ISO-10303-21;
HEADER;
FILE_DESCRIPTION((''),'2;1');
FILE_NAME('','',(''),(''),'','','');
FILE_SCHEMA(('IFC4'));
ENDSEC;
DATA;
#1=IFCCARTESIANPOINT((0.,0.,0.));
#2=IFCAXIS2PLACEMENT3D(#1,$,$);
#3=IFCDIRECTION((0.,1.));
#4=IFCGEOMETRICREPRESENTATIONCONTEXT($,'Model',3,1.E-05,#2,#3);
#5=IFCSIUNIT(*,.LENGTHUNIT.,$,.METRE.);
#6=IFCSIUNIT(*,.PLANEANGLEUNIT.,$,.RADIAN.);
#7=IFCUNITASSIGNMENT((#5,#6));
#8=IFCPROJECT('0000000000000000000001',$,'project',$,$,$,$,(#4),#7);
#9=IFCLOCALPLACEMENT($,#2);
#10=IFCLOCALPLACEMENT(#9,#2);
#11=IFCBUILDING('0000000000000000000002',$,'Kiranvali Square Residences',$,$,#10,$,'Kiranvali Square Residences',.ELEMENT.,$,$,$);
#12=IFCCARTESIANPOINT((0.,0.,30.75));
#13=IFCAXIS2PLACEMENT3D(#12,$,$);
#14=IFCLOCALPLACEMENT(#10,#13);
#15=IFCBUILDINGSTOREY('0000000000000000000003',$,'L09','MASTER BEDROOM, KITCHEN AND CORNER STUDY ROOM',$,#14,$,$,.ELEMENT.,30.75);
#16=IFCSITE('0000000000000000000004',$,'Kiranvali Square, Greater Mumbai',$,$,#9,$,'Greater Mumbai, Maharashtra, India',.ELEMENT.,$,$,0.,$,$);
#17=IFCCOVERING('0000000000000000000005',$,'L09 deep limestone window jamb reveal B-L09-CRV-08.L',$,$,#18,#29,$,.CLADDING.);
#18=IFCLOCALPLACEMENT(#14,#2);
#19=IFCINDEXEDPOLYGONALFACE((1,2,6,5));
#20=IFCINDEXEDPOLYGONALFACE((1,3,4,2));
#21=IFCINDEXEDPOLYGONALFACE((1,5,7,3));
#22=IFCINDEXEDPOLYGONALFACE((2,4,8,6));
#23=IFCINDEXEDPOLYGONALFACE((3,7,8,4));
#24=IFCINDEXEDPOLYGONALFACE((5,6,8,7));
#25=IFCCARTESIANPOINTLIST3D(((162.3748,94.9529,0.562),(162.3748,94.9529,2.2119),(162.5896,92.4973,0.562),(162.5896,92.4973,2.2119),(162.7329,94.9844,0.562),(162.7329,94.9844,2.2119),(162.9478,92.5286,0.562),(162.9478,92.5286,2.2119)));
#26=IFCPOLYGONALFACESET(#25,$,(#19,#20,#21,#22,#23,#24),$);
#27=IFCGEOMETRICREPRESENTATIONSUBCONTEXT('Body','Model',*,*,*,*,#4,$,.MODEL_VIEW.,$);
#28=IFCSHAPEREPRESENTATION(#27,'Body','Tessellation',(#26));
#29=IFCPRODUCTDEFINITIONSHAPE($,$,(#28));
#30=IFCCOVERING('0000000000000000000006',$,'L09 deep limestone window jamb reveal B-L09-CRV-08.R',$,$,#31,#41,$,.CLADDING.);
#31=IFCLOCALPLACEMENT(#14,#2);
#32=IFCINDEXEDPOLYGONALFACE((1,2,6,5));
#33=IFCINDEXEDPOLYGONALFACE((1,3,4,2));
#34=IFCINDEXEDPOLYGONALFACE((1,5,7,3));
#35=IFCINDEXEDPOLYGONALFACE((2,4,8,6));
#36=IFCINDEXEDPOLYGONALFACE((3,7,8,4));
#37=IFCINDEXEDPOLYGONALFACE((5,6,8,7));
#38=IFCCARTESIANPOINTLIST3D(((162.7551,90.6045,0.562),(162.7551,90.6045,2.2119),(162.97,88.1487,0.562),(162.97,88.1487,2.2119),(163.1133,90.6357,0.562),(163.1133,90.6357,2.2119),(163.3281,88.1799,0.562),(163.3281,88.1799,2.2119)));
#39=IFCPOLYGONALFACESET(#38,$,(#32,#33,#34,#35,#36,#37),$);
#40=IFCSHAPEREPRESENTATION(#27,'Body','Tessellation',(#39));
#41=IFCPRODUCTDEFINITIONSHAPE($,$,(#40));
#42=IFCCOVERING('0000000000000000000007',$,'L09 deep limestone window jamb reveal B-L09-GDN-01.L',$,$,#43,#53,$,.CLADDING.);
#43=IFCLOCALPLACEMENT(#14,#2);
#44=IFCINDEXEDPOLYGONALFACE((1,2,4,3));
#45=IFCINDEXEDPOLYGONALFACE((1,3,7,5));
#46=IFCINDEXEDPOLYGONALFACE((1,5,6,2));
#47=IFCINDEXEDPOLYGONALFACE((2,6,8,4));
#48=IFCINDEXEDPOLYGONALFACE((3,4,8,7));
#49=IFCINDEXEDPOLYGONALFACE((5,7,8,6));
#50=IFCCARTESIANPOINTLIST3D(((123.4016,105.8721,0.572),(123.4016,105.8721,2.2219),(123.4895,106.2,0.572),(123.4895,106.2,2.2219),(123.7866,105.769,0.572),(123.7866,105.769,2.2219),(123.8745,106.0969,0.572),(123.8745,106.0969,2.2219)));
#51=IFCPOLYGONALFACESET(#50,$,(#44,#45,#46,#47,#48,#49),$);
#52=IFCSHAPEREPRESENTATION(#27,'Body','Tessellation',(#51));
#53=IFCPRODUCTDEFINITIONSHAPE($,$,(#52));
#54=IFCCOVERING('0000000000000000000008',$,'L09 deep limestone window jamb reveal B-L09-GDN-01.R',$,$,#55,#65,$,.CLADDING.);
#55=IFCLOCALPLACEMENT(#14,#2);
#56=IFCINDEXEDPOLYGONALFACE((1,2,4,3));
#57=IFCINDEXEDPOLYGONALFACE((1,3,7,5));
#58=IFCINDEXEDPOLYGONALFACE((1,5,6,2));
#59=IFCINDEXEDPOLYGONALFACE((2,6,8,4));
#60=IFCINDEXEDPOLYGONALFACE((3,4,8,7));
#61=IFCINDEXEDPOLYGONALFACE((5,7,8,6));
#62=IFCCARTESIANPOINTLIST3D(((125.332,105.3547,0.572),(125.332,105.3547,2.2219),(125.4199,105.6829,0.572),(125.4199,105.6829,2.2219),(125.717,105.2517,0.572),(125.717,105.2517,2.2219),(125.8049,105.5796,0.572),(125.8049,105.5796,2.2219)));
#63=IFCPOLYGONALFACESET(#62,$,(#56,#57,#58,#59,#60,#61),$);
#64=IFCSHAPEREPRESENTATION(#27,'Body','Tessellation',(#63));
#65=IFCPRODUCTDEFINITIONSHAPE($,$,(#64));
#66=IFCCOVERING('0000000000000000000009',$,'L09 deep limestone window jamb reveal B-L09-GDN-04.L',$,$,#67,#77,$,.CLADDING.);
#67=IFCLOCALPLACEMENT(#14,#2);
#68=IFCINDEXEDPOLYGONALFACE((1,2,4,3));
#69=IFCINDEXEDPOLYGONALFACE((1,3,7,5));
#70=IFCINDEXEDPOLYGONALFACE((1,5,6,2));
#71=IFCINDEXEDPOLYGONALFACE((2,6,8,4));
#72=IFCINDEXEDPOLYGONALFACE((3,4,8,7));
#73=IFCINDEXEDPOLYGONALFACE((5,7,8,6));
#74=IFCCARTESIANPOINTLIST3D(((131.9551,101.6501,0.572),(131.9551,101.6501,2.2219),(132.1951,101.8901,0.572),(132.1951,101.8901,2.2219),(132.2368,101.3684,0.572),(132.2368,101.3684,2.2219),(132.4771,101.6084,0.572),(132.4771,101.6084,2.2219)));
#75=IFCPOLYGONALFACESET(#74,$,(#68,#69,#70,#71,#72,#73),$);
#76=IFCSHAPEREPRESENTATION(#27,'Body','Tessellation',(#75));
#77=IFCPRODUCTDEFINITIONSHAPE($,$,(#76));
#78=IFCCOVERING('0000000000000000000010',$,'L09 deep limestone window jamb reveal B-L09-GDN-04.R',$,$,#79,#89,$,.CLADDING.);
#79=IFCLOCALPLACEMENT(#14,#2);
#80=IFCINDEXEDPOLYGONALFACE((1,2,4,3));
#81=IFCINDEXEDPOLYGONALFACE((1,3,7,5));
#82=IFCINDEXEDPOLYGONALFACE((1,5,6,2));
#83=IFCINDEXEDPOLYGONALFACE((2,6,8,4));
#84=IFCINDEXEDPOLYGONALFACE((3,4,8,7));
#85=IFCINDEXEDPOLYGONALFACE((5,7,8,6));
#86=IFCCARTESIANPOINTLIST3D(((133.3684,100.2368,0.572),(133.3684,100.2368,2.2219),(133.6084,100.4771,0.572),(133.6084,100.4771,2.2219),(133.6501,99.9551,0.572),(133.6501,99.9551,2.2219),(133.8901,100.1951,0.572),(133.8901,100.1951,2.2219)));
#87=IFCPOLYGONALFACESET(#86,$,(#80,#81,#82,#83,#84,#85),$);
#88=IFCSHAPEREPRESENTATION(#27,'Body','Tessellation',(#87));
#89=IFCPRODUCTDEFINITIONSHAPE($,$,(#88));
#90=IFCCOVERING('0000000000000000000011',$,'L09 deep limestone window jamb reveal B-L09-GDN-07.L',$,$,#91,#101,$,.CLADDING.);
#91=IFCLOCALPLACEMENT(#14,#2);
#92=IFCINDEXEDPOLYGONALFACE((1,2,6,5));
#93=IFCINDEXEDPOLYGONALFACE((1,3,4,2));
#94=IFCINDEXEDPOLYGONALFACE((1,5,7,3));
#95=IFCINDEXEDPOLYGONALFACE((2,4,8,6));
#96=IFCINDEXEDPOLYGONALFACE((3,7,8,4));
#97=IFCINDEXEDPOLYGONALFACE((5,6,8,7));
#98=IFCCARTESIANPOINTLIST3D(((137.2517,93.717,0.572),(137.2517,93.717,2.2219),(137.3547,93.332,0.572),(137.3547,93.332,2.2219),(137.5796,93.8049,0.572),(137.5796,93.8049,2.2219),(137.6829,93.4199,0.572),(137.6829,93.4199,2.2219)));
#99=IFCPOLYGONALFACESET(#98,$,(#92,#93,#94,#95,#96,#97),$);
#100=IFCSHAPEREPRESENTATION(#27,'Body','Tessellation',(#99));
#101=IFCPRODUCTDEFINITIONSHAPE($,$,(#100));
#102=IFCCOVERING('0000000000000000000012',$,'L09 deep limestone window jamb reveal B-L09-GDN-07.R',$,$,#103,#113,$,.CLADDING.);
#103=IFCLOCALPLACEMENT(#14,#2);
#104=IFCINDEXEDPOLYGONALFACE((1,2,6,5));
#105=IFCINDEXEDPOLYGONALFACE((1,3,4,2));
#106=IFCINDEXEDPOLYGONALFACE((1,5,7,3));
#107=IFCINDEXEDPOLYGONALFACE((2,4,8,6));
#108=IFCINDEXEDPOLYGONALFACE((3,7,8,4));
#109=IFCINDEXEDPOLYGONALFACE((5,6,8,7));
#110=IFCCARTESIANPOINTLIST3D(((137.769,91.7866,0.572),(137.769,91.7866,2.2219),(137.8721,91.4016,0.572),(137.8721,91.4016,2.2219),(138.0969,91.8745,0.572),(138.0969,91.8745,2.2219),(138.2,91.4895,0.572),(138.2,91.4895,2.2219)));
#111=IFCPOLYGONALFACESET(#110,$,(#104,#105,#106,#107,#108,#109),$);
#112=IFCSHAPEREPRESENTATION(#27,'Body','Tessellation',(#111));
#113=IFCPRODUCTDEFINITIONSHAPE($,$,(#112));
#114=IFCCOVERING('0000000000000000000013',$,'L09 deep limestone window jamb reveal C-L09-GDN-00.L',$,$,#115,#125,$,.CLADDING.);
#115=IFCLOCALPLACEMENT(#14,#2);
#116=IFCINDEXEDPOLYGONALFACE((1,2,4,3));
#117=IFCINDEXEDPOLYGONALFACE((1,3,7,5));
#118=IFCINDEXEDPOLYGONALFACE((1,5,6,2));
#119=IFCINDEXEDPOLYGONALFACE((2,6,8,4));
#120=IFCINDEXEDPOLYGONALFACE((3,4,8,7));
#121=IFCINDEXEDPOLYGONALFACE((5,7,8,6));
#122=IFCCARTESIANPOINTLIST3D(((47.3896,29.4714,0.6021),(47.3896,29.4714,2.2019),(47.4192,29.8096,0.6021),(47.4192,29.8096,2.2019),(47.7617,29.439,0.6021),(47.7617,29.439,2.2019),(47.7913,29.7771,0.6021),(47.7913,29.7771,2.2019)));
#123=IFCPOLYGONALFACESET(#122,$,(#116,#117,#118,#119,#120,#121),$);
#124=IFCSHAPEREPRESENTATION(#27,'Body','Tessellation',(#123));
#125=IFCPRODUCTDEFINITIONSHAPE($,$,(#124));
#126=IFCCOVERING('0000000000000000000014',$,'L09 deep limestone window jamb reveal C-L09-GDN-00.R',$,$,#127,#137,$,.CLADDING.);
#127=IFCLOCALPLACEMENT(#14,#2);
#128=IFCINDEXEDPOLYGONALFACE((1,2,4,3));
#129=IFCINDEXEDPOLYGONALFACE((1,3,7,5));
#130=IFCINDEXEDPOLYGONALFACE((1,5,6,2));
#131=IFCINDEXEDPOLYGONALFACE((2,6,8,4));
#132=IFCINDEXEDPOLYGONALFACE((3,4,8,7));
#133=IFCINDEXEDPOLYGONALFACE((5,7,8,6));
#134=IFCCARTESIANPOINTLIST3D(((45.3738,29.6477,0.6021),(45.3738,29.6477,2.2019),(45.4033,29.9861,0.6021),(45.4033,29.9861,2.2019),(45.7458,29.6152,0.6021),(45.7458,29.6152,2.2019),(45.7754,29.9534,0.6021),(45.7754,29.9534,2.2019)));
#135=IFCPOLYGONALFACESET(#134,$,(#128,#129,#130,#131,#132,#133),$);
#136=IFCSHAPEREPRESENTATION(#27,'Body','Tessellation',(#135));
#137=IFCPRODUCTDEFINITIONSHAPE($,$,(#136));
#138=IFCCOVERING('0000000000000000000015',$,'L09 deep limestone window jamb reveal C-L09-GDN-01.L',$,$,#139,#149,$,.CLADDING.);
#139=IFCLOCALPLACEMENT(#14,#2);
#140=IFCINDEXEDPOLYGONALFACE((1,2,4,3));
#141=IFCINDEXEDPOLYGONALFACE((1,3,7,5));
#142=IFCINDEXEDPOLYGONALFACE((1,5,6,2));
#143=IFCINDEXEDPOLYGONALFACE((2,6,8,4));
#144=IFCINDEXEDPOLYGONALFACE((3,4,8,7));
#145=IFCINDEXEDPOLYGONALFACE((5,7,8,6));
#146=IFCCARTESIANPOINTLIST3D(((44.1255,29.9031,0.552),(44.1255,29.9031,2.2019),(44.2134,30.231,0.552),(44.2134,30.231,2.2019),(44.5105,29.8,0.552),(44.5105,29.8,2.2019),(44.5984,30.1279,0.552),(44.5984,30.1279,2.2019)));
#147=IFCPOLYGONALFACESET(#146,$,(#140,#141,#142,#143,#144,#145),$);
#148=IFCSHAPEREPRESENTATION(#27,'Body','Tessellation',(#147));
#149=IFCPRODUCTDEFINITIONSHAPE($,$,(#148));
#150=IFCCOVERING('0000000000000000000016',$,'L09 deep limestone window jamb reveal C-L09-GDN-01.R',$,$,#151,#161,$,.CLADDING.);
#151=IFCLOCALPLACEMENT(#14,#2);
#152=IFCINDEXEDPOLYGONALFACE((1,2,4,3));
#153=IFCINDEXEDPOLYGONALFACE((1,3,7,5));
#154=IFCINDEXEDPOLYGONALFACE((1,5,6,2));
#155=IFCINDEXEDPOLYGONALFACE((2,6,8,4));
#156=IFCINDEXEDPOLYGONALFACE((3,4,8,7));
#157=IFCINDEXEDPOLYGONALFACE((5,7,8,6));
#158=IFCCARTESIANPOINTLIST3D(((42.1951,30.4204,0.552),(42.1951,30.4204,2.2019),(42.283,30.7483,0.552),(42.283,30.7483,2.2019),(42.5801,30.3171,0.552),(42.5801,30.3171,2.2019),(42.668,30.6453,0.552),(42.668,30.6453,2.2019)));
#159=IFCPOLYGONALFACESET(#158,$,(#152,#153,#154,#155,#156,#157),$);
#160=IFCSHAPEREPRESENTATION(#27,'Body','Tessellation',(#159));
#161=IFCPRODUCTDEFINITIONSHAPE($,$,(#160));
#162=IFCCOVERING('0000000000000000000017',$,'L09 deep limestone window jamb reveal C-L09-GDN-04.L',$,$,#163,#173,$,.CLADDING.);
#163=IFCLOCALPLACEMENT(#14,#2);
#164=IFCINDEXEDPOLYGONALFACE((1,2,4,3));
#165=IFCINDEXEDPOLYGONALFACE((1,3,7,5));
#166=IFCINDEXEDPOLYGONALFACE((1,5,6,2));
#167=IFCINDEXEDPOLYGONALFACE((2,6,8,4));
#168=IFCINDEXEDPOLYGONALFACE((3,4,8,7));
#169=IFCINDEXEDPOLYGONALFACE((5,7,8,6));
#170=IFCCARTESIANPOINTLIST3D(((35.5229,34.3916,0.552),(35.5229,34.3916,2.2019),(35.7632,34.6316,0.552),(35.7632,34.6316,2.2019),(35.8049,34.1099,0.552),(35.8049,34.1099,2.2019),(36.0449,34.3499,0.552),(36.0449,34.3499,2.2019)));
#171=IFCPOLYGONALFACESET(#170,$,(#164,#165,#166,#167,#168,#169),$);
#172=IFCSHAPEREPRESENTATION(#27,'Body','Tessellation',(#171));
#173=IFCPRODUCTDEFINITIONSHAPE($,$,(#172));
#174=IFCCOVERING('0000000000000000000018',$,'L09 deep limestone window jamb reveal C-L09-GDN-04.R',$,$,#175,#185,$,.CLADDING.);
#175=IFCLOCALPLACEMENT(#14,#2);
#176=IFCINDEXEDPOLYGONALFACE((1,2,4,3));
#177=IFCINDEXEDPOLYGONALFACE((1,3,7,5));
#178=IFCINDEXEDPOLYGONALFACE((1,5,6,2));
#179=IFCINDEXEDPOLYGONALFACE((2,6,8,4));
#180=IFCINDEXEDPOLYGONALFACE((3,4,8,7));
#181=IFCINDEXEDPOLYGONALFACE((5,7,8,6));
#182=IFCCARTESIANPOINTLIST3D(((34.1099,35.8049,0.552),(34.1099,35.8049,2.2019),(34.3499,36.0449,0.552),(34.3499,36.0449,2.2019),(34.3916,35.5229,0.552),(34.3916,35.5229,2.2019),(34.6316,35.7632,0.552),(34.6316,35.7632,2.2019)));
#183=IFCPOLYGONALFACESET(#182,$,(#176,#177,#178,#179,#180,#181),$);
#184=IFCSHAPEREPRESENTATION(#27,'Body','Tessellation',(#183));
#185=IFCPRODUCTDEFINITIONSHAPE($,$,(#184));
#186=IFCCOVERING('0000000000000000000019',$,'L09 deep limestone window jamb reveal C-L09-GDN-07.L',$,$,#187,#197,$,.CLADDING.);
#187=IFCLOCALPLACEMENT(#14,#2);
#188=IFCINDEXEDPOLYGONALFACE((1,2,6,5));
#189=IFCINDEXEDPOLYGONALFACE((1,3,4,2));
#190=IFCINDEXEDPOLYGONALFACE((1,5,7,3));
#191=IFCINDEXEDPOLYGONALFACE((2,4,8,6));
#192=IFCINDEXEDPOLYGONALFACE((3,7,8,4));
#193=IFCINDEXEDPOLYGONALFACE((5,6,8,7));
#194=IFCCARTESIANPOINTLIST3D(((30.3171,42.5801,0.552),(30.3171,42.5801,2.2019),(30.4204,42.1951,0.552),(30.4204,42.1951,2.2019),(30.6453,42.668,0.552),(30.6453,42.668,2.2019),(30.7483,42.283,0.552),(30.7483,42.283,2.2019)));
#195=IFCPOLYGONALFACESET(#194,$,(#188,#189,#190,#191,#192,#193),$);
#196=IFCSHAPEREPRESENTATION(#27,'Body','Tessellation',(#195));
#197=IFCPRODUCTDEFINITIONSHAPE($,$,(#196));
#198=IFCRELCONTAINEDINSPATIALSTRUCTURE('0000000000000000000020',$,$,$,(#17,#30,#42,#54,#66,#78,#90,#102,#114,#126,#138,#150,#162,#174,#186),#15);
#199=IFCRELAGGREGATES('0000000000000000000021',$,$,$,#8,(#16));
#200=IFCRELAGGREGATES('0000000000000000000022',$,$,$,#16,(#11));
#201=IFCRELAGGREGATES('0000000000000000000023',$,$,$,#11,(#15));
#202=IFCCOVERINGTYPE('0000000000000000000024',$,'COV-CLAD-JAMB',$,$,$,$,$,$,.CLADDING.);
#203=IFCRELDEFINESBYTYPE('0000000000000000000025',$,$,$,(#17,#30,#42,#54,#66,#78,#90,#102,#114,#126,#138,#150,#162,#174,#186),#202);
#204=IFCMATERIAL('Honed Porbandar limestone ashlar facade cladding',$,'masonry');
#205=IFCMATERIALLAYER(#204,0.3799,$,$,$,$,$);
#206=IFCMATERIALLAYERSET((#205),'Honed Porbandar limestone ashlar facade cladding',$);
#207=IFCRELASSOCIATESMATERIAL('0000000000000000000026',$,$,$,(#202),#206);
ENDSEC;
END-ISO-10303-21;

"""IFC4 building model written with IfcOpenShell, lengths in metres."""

from ifc_helpers import new_model, si_unit, direction, frame, origin, place, context, subcontext, project, spatial, polyline, outline, extrude, material, layer, layer_set, type_object, element, save


model = new_model("IFC4")

# Units and contexts
model_context = context("Model", 3, precision=1e-05, world=origin(), true_north=direction((0.0, 1.0)))
body_context = subcontext(model_context, "Body", "Model", "MODEL_VIEW")
ifc_project = project(units=[si_unit("LENGTHUNIT", "METRE"), si_unit("PLANEANGLEUNIT", "RADIAN")], contexts=[model_context])

# Site, building, storey
site_placement = place(None, origin())
site = spatial("IfcSite", under=ifc_project, at=site_placement, Name="Kiranvali Square, Greater Mumbai", LongName="Greater Mumbai, Maharashtra, India", CompositionType="ELEMENT", RefElevation=0.0)
building_placement = place(site_placement, origin())
building = spatial("IfcBuilding", under=site, at=building_placement, Name="Kiranvali Square Residences", LongName="Kiranvali Square Residences", CompositionType="ELEMENT")
storey_placement = place(building_placement, frame((0.0, 0.0, 30.75)))
storey = spatial("IfcBuildingStorey", under=building, at=storey_placement, Name="L09", Description="MASTER BEDROOM, KITCHEN AND CORNER STUDY ROOM", CompositionType="ELEMENT", Elevation=30.75)

# Coverings
ifc_material = material(Name="Honed Porbandar limestone ashlar facade cladding", Category="masonry")
ifc_layer = layer(ifc_material, 0.3799)
ifc_layer_set = layer_set([ifc_layer], Name="Honed Porbandar limestone ashlar facade cladding")
covering_type = type_object("IfcCoveringType", Name="COV-CLAD-JAMB", PredefinedType="CLADDING", material=ifc_layer_set)
covering_1_placement = place(storey_placement, frame((0.0, 0.0, 0.562)))
element("IfcCovering", 1, at=covering_1_placement, inside=storey, type_object=covering_type, Name="L09 deep limestone window jamb reveal B-L09-CRV-08.L", PredefinedType="CLADDING", context=body_context, shape_type="SweptSolid", body=[
    extrude(outline(polyline([(162.3748, 94.9529), (162.5896, 92.4973), (162.9478, 92.5286), (162.7329, 94.9844), (162.3748, 94.9529)])), origin(), (0.0, 0.0, 1.0), 1.6499),
])
covering_2_placement = place(storey_placement, frame((0.0, 0.0, 0.562)))
element("IfcCovering", 2, at=covering_2_placement, inside=storey, type_object=covering_type, Name="L09 deep limestone window jamb reveal B-L09-CRV-08.R", PredefinedType="CLADDING", context=body_context, shape_type="SweptSolid", body=[
    extrude(outline(polyline([(162.7551, 90.6045), (162.97, 88.1487), (163.3281, 88.1799), (163.1133, 90.6357), (162.7551, 90.6045)])), origin(), (0.0, 0.0, 1.0), 1.6499),
])
covering_3_placement = place(storey_placement, frame((0.0, 0.0, 0.572)))
element("IfcCovering", 3, at=covering_3_placement, inside=storey, type_object=covering_type, Name="L09 deep limestone window jamb reveal B-L09-GDN-01.L", PredefinedType="CLADDING", context=body_context, shape_type="SweptSolid", body=[
    extrude(outline(polyline([(123.4016, 105.8721), (123.7866, 105.769), (123.8745, 106.0969), (123.4895, 106.2), (123.4016, 105.8721)])), origin(), (0.0, 0.0, 1.0), 1.6499),
])
covering_4_placement = place(storey_placement, frame((0.0, 0.0, 0.572)))
element("IfcCovering", 4, at=covering_4_placement, inside=storey, type_object=covering_type, Name="L09 deep limestone window jamb reveal B-L09-GDN-01.R", PredefinedType="CLADDING", context=body_context, shape_type="SweptSolid", body=[
    extrude(outline(polyline([(125.332, 105.3547), (125.717, 105.2517), (125.8049, 105.5796), (125.4199, 105.6829), (125.332, 105.3547)])), origin(), (0.0, 0.0, 1.0), 1.6499),
])
covering_5_placement = place(storey_placement, frame((0.0, 0.0, 0.572)))
element("IfcCovering", 5, at=covering_5_placement, inside=storey, type_object=covering_type, Name="L09 deep limestone window jamb reveal B-L09-GDN-04.L", PredefinedType="CLADDING", context=body_context, shape_type="SweptSolid", body=[
    extrude(outline(polyline([(131.9551, 101.6501), (132.2368, 101.3684), (132.4771, 101.6084), (132.1951, 101.8901), (131.9551, 101.6501)])), origin(), (0.0, 0.0, 1.0), 1.6499),
])
covering_6_placement = place(storey_placement, frame((0.0, 0.0, 0.572)))
element("IfcCovering", 6, at=covering_6_placement, inside=storey, type_object=covering_type, Name="L09 deep limestone window jamb reveal B-L09-GDN-04.R", PredefinedType="CLADDING", context=body_context, shape_type="SweptSolid", body=[
    extrude(outline(polyline([(133.3684, 100.2368), (133.6501, 99.9551), (133.8901, 100.1951), (133.6084, 100.4771), (133.3684, 100.2368)])), origin(), (0.0, 0.0, 1.0), 1.6499),
])
covering_7_placement = place(storey_placement, frame((0.0, 0.0, 0.572)))
element("IfcCovering", 7, at=covering_7_placement, inside=storey, type_object=covering_type, Name="L09 deep limestone window jamb reveal B-L09-GDN-07.L", PredefinedType="CLADDING", context=body_context, shape_type="SweptSolid", body=[
    extrude(outline(polyline([(137.2517, 93.717), (137.3547, 93.332), (137.6829, 93.4199), (137.5796, 93.8049), (137.2517, 93.717)])), origin(), (0.0, 0.0, 1.0), 1.6499),
])
covering_8_placement = place(storey_placement, frame((0.0, 0.0, 0.572)))
element("IfcCovering", 8, at=covering_8_placement, inside=storey, type_object=covering_type, Name="L09 deep limestone window jamb reveal B-L09-GDN-07.R", PredefinedType="CLADDING", context=body_context, shape_type="SweptSolid", body=[
    extrude(outline(polyline([(137.769, 91.7866), (137.8721, 91.4016), (138.2, 91.4895), (138.0969, 91.8745), (137.769, 91.7866)])), origin(), (0.0, 0.0, 1.0), 1.6499),
])
covering_9_placement = place(storey_placement, frame((0.0, 0.0, 0.6021)))
element("IfcCovering", 9, at=covering_9_placement, inside=storey, type_object=covering_type, Name="L09 deep limestone window jamb reveal C-L09-GDN-00.L", PredefinedType="CLADDING", context=body_context, shape_type="SweptSolid", body=[
    extrude(outline(polyline([(47.7913, 29.7771), (47.4192, 29.8096), (47.3896, 29.4714), (47.7617, 29.439), (47.7913, 29.7771)])), origin(), (0.0, 0.0, 1.0), 1.5999),
])
covering_10_placement = place(storey_placement, frame((0.0, 0.0, 0.6021)))
element("IfcCovering", 10, at=covering_10_placement, inside=storey, type_object=covering_type, Name="L09 deep limestone window jamb reveal C-L09-GDN-00.R", PredefinedType="CLADDING", context=body_context, shape_type="SweptSolid", body=[
    extrude(outline(polyline([(45.7754, 29.9534), (45.4033, 29.9861), (45.3738, 29.6477), (45.7458, 29.6152), (45.7754, 29.9534)])), origin(), (0.0, 0.0, 1.0), 1.5999),
])
covering_11_placement = place(storey_placement, frame((0.0, 0.0, 0.552)))
element("IfcCovering", 11, at=covering_11_placement, inside=storey, type_object=covering_type, Name="L09 deep limestone window jamb reveal C-L09-GDN-01.L", PredefinedType="CLADDING", context=body_context, shape_type="SweptSolid", body=[
    extrude(outline(polyline([(44.5984, 30.1279), (44.2134, 30.231), (44.1255, 29.9031), (44.5105, 29.8), (44.5984, 30.1279)])), origin(), (0.0, 0.0, 1.0), 1.6499),
])
covering_12_placement = place(storey_placement, frame((0.0, 0.0, 0.552)))
element("IfcCovering", 12, at=covering_12_placement, inside=storey, type_object=covering_type, Name="L09 deep limestone window jamb reveal C-L09-GDN-01.R", PredefinedType="CLADDING", context=body_context, shape_type="SweptSolid", body=[
    extrude(outline(polyline([(42.668, 30.6453), (42.283, 30.7483), (42.1951, 30.4204), (42.5801, 30.3171), (42.668, 30.6453)])), origin(), (0.0, 0.0, 1.0), 1.6499),
])
covering_13_placement = place(storey_placement, frame((0.0, 0.0, 0.552)))
element("IfcCovering", 13, at=covering_13_placement, inside=storey, type_object=covering_type, Name="L09 deep limestone window jamb reveal C-L09-GDN-04.L", PredefinedType="CLADDING", context=body_context, shape_type="SweptSolid", body=[
    extrude(outline(polyline([(36.0449, 34.3499), (35.7632, 34.6316), (35.5229, 34.3916), (35.8049, 34.1099), (36.0449, 34.3499)])), origin(), (0.0, 0.0, 1.0), 1.6499),
])
covering_14_placement = place(storey_placement, frame((0.0, 0.0, 0.552)))
element("IfcCovering", 14, at=covering_14_placement, inside=storey, type_object=covering_type, Name="L09 deep limestone window jamb reveal C-L09-GDN-04.R", PredefinedType="CLADDING", context=body_context, shape_type="SweptSolid", body=[
    extrude(outline(polyline([(34.6316, 35.7632), (34.3499, 36.0449), (34.1099, 35.8049), (34.3916, 35.5229), (34.6316, 35.7632)])), origin(), (0.0, 0.0, 1.0), 1.6499),
])
covering_15_placement = place(storey_placement, frame((0.0, 0.0, 0.552)))
element("IfcCovering", 15, at=covering_15_placement, inside=storey, type_object=covering_type, Name="L09 deep limestone window jamb reveal C-L09-GDN-07.L", PredefinedType="CLADDING", context=body_context, shape_type="SweptSolid", body=[
    extrude(outline(polyline([(30.7483, 42.283), (30.6453, 42.668), (30.3171, 42.5801), (30.4204, 42.1951), (30.7483, 42.283)])), origin(), (0.0, 0.0, 1.0), 1.6499),
])

save(model, "model.ifc")
